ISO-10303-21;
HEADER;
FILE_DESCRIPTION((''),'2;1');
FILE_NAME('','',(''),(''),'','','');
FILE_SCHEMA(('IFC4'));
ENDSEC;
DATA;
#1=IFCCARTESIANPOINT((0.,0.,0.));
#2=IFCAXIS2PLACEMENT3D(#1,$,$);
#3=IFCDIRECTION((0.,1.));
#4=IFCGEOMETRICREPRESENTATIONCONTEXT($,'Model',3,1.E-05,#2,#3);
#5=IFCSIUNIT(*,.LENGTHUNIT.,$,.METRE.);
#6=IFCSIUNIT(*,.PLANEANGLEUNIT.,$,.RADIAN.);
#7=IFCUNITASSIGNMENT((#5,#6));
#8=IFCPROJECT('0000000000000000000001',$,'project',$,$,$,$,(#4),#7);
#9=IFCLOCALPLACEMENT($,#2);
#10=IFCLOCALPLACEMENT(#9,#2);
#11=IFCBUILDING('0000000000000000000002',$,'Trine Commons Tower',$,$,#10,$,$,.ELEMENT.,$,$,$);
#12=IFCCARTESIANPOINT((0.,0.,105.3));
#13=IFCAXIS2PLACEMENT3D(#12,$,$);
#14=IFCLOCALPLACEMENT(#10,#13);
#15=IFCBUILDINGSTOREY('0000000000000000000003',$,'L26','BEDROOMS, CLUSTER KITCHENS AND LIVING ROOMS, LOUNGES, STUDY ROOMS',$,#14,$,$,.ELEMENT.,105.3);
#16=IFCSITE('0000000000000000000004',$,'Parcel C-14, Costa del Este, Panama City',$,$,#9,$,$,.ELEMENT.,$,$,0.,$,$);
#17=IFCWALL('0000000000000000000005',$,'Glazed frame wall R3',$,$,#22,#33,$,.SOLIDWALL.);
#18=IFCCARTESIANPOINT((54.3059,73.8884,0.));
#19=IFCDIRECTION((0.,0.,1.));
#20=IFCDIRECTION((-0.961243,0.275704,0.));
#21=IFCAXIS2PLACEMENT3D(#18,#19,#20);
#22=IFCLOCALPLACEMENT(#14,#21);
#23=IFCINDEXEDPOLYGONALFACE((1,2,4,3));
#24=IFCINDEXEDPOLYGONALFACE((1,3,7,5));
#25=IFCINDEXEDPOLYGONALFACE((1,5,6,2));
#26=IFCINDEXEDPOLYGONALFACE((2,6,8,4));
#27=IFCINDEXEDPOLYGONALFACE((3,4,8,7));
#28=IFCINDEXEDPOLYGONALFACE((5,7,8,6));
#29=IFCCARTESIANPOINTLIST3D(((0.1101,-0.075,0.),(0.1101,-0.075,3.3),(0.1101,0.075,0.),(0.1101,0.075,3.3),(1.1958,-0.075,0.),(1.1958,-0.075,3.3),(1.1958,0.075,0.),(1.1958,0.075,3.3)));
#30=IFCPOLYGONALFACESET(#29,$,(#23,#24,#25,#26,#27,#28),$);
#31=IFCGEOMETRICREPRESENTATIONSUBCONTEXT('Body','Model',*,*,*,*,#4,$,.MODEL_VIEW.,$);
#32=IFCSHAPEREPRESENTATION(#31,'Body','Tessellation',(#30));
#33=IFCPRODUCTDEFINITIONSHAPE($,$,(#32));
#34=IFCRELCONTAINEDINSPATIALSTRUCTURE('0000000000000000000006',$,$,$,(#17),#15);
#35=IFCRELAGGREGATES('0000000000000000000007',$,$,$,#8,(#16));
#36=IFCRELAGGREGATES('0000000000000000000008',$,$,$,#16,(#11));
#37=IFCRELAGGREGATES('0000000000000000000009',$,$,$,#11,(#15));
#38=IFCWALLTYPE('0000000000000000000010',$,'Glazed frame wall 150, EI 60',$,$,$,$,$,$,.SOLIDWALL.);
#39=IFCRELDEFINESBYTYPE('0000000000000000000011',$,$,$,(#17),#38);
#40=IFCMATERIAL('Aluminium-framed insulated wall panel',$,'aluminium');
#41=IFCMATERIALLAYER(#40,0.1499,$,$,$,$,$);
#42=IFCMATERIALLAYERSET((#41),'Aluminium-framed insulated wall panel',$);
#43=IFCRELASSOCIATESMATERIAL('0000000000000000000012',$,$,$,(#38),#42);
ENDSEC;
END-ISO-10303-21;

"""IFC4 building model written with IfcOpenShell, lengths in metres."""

from ifc_helpers import new_model, si_unit, direction, frame, origin, place, context, subcontext, project, spatial, polyline, outline, extrude, material, layer, layer_set, type_object, element, save


model = new_model("IFC4")

# Units and contexts
model_context = context("Model", 3, precision=1e-05, world=origin(), true_north=direction((0.0, 1.0)))
body_context = subcontext(model_context, "Body", "Model", "MODEL_VIEW")
ifc_project = project(units=[si_unit("LENGTHUNIT", "METRE"), si_unit("PLANEANGLEUNIT", "RADIAN")], contexts=[model_context])

# Site, building, storey
site_placement = place(None, origin())
site = spatial("IfcSite", under=ifc_project, at=site_placement, Name="Parcel C-14, Costa del Este, Panama City", CompositionType="ELEMENT", RefElevation=0.0)
building_placement = place(site_placement, origin())
building = spatial("IfcBuilding", under=site, at=building_placement, Name="Trine Commons Tower", CompositionType="ELEMENT")
storey_placement = place(building_placement, frame((0.0, 0.0, 105.3)))
storey = spatial("IfcBuildingStorey", under=building, at=storey_placement, Name="L26", Description="BEDROOMS, CLUSTER KITCHENS AND LIVING ROOMS, LOUNGES, STUDY ROOMS", CompositionType="ELEMENT", Elevation=105.3)

# Wall
ifc_material_1 = material(Name="Aluminium-framed insulated wall panel", Category="aluminium")
ifc_layer_1 = layer(ifc_material_1, 0.1499)
ifc_layer_set_1 = layer_set([ifc_layer_1], Name="Aluminium-framed insulated wall panel")
wall_type_1 = type_object("IfcWallType", Name="Glazed frame wall 150, EI 60", PredefinedType="SOLIDWALL", material=ifc_layer_set_1)
wall_1_placement = place(storey_placement, frame((54.3059, 73.8884, 0.0), z_axis=(0.0, 0.0, 1.0), x_axis=(-0.961243, 0.275704, 0.0)))
element("IfcWall", 1, at=wall_1_placement, inside=storey, type_object=wall_type_1, Name="Glazed frame wall R3", PredefinedType="SOLIDWALL", context=body_context, shape_type="SweptSolid", body=[
    extrude(outline(polyline([(0.1101, 0.075), (0.1101, -0.075), (1.1958, -0.075), (1.1958, 0.075), (0.1101, 0.075)])), origin(), (0.0, 0.0, 1.0), 3.3),
])

save(model, "model.ifc")
